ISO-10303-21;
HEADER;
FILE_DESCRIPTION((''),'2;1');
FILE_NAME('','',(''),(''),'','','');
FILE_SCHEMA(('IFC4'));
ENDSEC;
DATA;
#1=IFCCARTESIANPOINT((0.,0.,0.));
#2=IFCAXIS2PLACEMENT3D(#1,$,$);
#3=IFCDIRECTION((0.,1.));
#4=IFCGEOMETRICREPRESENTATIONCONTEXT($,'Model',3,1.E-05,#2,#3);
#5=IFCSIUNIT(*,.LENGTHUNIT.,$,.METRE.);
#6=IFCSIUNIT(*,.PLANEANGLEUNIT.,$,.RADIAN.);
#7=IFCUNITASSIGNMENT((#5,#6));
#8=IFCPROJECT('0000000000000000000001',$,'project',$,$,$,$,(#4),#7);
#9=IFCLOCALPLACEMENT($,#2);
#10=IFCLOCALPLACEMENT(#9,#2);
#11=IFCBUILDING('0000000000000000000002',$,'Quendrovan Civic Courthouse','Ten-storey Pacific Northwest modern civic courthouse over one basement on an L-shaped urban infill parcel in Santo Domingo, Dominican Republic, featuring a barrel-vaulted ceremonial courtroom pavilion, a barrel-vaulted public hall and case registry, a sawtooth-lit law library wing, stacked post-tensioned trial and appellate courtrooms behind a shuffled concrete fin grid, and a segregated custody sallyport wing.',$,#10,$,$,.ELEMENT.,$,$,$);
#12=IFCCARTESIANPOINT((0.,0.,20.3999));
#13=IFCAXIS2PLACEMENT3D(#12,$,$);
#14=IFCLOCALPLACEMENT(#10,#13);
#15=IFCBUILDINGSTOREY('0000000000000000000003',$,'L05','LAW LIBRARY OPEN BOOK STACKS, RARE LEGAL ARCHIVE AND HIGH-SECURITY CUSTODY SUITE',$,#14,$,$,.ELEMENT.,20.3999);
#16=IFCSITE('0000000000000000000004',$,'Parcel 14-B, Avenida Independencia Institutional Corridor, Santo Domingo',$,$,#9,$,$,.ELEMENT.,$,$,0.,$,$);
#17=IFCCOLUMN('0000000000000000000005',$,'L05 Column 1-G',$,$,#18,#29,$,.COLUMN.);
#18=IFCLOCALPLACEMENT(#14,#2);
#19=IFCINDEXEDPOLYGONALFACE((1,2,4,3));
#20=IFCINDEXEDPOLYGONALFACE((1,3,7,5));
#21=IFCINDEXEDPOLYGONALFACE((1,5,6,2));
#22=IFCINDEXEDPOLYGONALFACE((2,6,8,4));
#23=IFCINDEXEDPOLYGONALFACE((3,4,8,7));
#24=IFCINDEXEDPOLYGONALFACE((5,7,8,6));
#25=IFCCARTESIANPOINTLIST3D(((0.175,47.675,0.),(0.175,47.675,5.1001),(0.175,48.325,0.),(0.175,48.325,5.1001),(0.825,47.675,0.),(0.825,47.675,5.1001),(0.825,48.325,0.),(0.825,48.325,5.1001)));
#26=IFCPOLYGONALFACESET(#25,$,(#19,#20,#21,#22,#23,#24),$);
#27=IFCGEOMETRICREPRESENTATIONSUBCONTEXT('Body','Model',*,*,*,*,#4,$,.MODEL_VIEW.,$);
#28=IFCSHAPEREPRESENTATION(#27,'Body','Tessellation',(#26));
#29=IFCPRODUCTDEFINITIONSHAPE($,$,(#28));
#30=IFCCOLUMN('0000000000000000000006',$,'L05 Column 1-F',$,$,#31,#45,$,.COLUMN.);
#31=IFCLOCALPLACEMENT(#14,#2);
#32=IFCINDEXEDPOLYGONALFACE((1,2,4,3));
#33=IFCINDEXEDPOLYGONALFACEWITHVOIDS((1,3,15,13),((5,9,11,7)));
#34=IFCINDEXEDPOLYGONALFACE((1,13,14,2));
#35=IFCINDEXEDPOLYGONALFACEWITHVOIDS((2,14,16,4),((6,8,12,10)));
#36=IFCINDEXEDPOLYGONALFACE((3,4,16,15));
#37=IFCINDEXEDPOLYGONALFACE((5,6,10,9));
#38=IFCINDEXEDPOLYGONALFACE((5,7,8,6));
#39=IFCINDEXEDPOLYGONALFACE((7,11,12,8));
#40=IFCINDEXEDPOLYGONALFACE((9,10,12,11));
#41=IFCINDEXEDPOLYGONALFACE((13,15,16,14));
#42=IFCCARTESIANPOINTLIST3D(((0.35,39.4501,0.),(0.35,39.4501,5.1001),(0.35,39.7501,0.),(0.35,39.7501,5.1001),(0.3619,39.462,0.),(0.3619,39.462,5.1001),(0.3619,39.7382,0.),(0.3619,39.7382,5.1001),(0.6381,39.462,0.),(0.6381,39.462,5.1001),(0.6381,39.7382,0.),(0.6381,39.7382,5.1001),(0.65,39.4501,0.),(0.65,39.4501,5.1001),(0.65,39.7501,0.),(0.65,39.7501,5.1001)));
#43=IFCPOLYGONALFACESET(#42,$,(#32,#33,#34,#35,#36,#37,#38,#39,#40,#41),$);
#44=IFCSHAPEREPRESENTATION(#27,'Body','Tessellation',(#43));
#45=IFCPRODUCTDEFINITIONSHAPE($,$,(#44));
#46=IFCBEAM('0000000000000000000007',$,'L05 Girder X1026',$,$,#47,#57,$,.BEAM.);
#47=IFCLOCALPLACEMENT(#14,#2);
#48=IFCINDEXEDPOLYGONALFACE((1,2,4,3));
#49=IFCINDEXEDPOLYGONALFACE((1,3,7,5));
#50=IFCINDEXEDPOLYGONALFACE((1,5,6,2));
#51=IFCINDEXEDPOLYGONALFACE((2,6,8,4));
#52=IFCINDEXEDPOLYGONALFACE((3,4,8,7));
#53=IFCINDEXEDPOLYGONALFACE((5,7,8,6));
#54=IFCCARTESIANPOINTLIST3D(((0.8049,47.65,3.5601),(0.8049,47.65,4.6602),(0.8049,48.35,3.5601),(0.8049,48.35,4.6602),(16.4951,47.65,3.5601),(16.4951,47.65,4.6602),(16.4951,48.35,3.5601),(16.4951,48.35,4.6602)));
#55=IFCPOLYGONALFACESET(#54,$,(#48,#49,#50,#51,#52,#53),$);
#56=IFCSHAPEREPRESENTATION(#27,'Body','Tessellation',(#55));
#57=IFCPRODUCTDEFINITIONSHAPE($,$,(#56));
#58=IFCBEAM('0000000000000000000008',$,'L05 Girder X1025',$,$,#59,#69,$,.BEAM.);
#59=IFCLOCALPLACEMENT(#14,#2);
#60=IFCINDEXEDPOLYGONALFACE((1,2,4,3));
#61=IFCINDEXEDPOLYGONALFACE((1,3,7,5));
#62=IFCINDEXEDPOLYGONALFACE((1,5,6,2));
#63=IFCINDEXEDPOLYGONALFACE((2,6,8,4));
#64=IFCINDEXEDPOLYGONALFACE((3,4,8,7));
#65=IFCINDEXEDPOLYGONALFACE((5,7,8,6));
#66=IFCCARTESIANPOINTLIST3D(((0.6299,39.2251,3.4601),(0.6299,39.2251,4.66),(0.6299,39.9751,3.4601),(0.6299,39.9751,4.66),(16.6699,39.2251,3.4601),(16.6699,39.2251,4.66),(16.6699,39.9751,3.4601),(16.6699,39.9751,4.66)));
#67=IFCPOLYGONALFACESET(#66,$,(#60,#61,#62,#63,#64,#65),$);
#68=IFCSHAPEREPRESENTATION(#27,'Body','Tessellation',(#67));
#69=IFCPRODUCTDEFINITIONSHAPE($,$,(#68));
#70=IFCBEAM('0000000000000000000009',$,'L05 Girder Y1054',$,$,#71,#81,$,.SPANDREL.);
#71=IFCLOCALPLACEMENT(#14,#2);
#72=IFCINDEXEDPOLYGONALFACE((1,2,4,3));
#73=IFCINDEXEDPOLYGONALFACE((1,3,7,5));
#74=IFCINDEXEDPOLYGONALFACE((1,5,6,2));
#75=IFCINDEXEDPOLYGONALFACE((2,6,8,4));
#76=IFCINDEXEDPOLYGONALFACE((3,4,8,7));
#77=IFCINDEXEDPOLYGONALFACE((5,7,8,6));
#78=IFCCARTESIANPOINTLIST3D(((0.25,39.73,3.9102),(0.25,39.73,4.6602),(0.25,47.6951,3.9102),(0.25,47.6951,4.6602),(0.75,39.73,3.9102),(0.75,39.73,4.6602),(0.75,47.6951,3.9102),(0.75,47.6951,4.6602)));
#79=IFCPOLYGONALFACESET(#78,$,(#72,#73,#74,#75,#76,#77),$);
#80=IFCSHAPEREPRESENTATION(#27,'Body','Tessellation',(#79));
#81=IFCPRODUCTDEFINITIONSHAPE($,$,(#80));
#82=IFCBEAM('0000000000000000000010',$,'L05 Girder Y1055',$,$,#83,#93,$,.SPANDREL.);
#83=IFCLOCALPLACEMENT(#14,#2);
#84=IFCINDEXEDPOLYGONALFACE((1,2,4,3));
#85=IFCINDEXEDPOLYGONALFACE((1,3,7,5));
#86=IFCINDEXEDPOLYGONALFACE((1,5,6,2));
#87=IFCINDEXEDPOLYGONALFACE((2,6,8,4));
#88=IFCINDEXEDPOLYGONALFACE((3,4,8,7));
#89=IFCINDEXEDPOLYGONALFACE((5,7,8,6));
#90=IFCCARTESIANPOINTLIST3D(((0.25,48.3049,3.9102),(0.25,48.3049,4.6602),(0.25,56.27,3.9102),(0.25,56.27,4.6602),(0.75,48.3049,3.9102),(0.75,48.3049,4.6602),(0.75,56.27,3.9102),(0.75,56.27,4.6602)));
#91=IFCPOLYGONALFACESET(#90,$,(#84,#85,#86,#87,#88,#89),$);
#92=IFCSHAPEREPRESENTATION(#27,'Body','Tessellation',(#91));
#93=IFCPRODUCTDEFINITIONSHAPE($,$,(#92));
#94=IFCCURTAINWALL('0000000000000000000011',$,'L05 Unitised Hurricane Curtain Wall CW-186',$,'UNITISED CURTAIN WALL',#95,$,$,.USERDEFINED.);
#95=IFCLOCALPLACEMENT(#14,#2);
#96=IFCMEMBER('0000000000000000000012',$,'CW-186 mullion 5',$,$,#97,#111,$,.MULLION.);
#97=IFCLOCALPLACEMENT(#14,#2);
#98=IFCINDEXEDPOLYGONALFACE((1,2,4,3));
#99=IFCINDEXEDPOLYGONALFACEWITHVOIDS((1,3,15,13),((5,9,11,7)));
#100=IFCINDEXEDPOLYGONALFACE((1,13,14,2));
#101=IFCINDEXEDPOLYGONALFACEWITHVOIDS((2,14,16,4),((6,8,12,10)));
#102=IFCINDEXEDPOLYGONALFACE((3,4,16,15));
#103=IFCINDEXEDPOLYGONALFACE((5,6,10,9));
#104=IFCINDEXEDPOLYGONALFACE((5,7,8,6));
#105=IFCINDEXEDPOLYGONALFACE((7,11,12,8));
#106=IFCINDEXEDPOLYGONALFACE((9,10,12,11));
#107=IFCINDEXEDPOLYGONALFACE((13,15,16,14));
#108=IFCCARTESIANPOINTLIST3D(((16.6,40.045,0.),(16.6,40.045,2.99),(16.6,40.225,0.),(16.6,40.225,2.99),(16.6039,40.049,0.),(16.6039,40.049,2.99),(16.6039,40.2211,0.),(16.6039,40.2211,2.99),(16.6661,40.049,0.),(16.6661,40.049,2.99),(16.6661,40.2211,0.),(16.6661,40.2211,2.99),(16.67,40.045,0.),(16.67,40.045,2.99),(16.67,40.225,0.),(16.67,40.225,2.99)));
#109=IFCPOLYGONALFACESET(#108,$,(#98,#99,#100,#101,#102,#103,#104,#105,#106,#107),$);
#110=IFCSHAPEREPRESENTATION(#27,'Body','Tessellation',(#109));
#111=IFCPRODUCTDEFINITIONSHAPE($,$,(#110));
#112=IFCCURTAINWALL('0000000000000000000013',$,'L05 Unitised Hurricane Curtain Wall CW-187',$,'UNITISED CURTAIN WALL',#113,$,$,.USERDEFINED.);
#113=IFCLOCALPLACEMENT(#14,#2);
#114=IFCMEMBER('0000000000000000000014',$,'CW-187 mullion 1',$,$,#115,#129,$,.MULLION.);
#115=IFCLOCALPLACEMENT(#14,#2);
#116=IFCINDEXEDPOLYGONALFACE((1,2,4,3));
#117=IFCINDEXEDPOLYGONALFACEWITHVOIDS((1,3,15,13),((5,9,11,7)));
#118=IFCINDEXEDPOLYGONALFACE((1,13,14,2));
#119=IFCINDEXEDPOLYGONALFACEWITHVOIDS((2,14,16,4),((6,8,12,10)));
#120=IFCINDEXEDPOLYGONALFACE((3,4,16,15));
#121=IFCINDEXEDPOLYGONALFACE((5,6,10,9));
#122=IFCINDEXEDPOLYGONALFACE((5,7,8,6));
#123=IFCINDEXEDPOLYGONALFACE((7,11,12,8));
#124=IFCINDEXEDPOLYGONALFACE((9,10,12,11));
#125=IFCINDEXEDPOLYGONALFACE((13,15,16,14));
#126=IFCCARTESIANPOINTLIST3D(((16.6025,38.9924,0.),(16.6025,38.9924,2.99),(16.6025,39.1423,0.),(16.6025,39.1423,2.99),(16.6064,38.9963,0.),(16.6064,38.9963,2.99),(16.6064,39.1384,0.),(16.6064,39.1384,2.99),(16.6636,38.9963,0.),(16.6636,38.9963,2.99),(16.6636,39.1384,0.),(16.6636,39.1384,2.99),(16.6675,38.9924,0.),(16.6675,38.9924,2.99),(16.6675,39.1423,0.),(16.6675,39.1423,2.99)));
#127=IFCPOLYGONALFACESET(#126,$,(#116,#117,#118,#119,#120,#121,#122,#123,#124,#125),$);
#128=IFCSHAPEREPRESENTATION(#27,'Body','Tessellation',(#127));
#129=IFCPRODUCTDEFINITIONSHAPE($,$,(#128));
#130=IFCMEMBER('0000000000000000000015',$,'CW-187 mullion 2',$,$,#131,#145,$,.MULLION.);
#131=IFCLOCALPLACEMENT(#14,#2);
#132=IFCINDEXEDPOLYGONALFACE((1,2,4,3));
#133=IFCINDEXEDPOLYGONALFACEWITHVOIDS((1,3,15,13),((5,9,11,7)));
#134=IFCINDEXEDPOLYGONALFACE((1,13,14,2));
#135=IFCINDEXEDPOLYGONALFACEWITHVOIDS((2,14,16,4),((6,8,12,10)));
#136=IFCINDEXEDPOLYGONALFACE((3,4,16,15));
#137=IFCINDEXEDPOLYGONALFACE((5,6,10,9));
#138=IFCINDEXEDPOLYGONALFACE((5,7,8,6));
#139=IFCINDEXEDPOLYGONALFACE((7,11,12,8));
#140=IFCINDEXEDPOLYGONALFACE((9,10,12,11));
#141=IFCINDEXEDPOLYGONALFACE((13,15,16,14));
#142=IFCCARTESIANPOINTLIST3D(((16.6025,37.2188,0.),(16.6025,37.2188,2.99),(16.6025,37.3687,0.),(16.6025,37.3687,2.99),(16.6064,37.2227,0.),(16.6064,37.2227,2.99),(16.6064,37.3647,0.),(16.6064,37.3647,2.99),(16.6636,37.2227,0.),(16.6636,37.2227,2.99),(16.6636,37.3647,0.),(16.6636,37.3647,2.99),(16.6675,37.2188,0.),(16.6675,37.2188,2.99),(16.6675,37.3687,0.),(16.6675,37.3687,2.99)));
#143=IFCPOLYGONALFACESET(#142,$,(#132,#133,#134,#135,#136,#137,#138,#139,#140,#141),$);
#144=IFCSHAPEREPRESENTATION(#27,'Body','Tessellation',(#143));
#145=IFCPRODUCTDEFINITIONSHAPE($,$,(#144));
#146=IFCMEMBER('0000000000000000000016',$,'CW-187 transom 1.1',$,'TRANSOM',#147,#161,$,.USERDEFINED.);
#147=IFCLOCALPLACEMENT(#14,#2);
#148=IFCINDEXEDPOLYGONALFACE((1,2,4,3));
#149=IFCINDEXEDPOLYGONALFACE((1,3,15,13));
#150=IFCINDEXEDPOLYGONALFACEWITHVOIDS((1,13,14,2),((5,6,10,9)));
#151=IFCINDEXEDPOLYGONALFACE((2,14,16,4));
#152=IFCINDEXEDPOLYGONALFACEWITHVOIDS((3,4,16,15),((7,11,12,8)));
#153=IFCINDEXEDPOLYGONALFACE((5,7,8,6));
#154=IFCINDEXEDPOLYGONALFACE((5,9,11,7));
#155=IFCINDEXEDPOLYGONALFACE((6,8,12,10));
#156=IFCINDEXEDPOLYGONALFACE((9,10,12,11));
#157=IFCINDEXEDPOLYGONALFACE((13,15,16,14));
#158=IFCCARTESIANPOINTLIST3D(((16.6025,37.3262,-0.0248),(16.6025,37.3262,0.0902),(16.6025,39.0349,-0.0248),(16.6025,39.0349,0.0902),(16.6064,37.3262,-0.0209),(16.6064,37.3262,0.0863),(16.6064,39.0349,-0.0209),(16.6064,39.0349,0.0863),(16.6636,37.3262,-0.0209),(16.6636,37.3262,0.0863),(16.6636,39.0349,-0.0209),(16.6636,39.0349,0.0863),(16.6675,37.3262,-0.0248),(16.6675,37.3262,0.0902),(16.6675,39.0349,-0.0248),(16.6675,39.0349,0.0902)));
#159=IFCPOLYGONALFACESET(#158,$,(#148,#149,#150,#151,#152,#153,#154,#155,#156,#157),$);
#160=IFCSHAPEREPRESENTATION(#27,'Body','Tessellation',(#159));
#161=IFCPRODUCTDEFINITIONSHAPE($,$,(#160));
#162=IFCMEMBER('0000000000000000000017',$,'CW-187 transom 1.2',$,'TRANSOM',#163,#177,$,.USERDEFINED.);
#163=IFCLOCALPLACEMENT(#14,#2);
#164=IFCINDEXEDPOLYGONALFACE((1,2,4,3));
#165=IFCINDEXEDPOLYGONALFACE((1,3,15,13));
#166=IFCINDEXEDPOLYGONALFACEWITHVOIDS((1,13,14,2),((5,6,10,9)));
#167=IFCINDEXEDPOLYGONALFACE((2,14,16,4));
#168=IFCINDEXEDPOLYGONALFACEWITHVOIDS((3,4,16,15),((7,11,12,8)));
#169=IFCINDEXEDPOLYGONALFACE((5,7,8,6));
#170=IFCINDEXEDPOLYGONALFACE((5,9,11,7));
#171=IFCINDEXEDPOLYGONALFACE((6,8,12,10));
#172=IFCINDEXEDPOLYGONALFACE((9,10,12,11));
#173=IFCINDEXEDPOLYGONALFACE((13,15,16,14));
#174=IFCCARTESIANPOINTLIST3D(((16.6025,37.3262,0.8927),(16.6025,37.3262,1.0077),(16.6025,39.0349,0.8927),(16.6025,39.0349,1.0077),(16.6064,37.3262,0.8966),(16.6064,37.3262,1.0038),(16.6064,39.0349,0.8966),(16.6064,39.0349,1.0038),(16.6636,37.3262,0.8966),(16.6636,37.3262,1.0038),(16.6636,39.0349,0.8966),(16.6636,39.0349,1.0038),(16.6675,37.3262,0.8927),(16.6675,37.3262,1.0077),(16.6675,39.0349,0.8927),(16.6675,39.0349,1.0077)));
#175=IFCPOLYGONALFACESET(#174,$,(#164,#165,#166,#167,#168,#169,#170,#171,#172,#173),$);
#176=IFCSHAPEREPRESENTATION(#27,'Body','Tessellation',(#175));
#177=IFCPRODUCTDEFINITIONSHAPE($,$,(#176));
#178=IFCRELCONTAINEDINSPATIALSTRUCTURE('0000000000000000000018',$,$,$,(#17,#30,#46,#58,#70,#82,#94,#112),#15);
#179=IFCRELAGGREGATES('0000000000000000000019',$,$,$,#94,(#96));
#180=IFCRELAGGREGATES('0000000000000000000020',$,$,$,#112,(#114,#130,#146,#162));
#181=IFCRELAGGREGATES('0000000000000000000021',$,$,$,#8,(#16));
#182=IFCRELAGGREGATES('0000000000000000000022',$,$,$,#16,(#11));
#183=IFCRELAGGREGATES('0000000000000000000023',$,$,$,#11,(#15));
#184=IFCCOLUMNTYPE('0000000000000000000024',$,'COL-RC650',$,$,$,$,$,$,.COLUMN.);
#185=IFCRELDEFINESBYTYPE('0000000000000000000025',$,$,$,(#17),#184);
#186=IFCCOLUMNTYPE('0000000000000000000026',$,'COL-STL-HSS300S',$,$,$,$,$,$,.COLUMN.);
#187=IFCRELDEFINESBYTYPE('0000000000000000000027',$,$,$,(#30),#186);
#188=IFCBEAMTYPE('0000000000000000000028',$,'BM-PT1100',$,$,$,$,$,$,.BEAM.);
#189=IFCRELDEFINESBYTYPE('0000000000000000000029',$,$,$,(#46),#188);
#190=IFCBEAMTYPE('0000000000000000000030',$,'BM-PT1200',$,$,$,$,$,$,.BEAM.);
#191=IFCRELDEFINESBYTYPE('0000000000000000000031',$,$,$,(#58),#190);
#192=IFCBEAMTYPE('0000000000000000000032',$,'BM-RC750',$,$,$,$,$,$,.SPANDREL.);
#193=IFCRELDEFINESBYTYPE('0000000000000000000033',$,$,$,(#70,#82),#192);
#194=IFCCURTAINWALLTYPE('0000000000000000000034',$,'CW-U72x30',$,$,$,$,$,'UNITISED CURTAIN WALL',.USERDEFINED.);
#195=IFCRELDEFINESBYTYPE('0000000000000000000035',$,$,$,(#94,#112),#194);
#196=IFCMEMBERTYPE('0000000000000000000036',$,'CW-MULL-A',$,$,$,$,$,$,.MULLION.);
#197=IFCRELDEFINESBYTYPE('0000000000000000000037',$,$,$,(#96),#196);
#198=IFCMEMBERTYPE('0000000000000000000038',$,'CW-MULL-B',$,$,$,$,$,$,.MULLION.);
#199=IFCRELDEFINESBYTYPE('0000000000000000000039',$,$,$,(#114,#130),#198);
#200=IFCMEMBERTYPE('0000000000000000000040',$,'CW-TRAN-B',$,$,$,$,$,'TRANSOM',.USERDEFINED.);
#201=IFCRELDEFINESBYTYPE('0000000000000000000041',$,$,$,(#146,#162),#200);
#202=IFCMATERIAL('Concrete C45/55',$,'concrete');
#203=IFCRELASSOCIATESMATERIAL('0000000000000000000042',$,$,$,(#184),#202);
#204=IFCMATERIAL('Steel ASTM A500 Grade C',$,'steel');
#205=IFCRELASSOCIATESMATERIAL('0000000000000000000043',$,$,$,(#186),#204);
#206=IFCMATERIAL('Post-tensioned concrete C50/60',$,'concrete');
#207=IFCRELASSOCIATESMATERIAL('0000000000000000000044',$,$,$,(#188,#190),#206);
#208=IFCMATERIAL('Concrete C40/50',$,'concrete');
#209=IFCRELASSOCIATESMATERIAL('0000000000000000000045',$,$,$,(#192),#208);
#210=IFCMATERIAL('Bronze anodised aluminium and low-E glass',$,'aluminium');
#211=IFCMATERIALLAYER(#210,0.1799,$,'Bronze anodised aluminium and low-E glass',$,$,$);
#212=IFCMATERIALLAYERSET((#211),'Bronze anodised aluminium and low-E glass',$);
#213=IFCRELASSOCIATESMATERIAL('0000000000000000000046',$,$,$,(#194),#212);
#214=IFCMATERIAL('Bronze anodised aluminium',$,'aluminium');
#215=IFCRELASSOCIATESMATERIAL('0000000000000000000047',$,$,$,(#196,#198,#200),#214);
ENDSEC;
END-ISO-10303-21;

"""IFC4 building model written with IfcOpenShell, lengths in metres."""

from ifc_helpers import new_model, si_unit, direction, frame, origin, origin_2d, place, context, subcontext, project, spatial, rectangle, hollow_rectangle, extrude, material, layer, layer_set, material_profile, profile_set, type_object, element, aggregate, save


model = new_model("IFC4")

# Units and contexts
model_context = context("Model", 3, precision=1e-05, world=origin(), true_north=direction((0.0, 1.0)))
body_context = subcontext(model_context, "Body", "Model", "MODEL_VIEW")
ifc_project = project(units=[si_unit("LENGTHUNIT", "METRE"), si_unit("PLANEANGLEUNIT", "RADIAN")], contexts=[model_context])

# Site, building, storey
site_placement = place(None, origin())
site = spatial("IfcSite", under=ifc_project, at=site_placement, Name="Parcel 14-B, Avenida Independencia Institutional Corridor, Santo Domingo", CompositionType="ELEMENT", RefElevation=0.0)
building_placement = place(site_placement, origin())
building = spatial("IfcBuilding", under=site, at=building_placement, Name="Quendrovan Civic Courthouse", Description="Ten-storey Pacific Northwest modern civic courthouse over one basement on an L-shaped urban infill parcel in Santo Domingo, Dominican Republic, featuring a barrel-vaulted ceremonial courtroom pavilion, a barrel-vaulted public hall and case registry, a sawtooth-lit law library wing, stacked post-tensioned trial and appellate courtrooms behind a shuffled concrete fin grid, and a segregated custody sallyport wing.", CompositionType="ELEMENT")
storey_placement = place(building_placement, frame((0.0, 0.0, 20.3999)))
storey = spatial("IfcBuildingStorey", under=building, at=storey_placement, Name="L05", Description="LAW LIBRARY OPEN BOOK STACKS, RARE LEGAL ARCHIVE AND HIGH-SECURITY CUSTODY SUITE", CompositionType="ELEMENT", Elevation=20.3999)

# Columns
ifc_material_1 = material(Name="Concrete C45/55", Category="concrete")
ifc_material_profile_1 = material_profile(ifc_material_1, rectangle(XDim=0.6499, YDim=0.6499, at=origin_2d()), Name="RC-COL-650x650")
ifc_profile_set_1 = profile_set([ifc_material_profile_1], Name="Concrete C45/55")
column_type_1 = type_object("IfcColumnType", Name="COL-RC650", PredefinedType="COLUMN", material=ifc_profile_set_1)
column_1_placement = place(storey_placement, frame((0.5, 48.0, 0.0), z_axis=(0.0, 0.0, 1.0), x_axis=(1.0, 0.0, 0.0)))
element("IfcColumn", 1, at=column_1_placement, inside=storey, type_object=column_type_1, Name="L05 Column 1-G", PredefinedType="COLUMN", context=body_context, shape_type="SweptSolid", body=[
    extrude(rectangle(XDim=0.6499, YDim=0.6499, at=origin_2d()), origin(), (0.0, 0.0, 1.0), 5.1001),
])
ifc_material_2 = material(Name="Steel ASTM A500 Grade C", Category="steel")
ifc_material_profile_2 = material_profile(ifc_material_2, hollow_rectangle(XDim=0.3, YDim=0.3, WallThickness=0.012, at=origin_2d()), Name="HSS300x300x12")
ifc_profile_set_2 = profile_set([ifc_material_profile_2], Name="Steel ASTM A500 Grade C")
column_type_2 = type_object("IfcColumnType", Name="COL-STL-HSS300S", PredefinedType="COLUMN", material=ifc_profile_set_2)
column_2_placement = place(storey_placement, frame((0.5, 39.6001, 0.0), z_axis=(0.0, 0.0, 1.0), x_axis=(1.0, 0.0, 0.0)))
element("IfcColumn", 2, at=column_2_placement, inside=storey, type_object=column_type_2, Name="L05 Column 1-F", PredefinedType="COLUMN", context=body_context, shape_type="SweptSolid", body=[
    extrude(hollow_rectangle(XDim=0.3, YDim=0.3, WallThickness=0.012, at=origin_2d()), origin(), (0.0, 0.0, 1.0), 5.1001),
])

# Beams
ifc_material_3 = material(Name="Post-tensioned concrete C50/60", Category="concrete")
ifc_material_profile_3 = material_profile(ifc_material_3, rectangle(XDim=0.7, YDim=1.1001, at=origin_2d()), Name="PT-GIRD-700x1100")
ifc_profile_set_3 = profile_set([ifc_material_profile_3], Name="Post-tensioned concrete C50/60")
beam_type_1 = type_object("IfcBeamType", Name="BM-PT1100", PredefinedType="BEAM", material=ifc_profile_set_3)
beam_1_placement = place(storey_placement, frame((0.8049, 48.0, 4.1101), z_axis=(1.0, 0.0, 0.0), x_axis=(0.0, 1.0, 0.0)))
element("IfcBeam", 3, at=beam_1_placement, inside=storey, type_object=beam_type_1, Name="L05 Girder X1026", PredefinedType="BEAM", context=body_context, shape_type="SweptSolid", body=[
    extrude(rectangle(XDim=0.7, YDim=1.1001, at=origin_2d()), origin(), (0.0, 0.0, 1.0), 15.6902),
])
ifc_material_profile_4 = material_profile(ifc_material_3, rectangle(XDim=0.75, YDim=1.2, at=origin_2d()), Name="PT-GIRD-750x1200")
ifc_profile_set_4 = profile_set([ifc_material_profile_4], Name="Post-tensioned concrete C50/60")
beam_type_2 = type_object("IfcBeamType", Name="BM-PT1200", PredefinedType="BEAM", material=ifc_profile_set_4)
beam_2_placement = place(storey_placement, frame((0.6299, 39.6001, 4.0601), z_axis=(1.0, 0.0, 0.0), x_axis=(0.0, 1.0, 0.0)))
element("IfcBeam", 4, at=beam_2_placement, inside=storey, type_object=beam_type_2, Name="L05 Girder X1025", PredefinedType="BEAM", context=body_context, shape_type="SweptSolid", body=[
    extrude(rectangle(XDim=0.75, YDim=1.2, at=origin_2d()), origin(), (0.0, 0.0, 1.0), 16.04),
])
ifc_material_4 = material(Name="Concrete C40/50", Category="concrete")
ifc_material_profile_5 = material_profile(ifc_material_4, rectangle(XDim=0.5, YDim=0.75, at=origin_2d()), Name="RC-BM-500x750")
ifc_profile_set_5 = profile_set([ifc_material_profile_5], Name="Concrete C40/50")
beam_type_3 = type_object("IfcBeamType", Name="BM-RC750", PredefinedType="SPANDREL", material=ifc_profile_set_5)
for number, where, z_axis, x_axis, name in (
    (5, (0.5, 39.73, 4.2852), (0.0, 1.0, 0.0), (-1.0, 0.0, 0.0), "L05 Girder Y1054"),
    (6, (0.5, 48.3049, 4.2852), (0.0, 1.0, 0.0), (-1.0, 0.0, 0.0), "L05 Girder Y1055"),
):
    element("IfcBeam", number, at=place(storey_placement, frame(where, z_axis=z_axis, x_axis=x_axis)), inside=storey, type_object=beam_type_3, Name=name, PredefinedType="SPANDREL", context=body_context, shape_type="SweptSolid", body=[
        extrude(rectangle(XDim=0.5, YDim=0.75, at=origin_2d()), origin(), (0.0, 0.0, 1.0), 7.9651),
    ])

# Curtain wall, member
ifc_material_5 = material(Name="Bronze anodised aluminium and low-E glass", Category="aluminium")
ifc_layer_1 = layer(ifc_material_5, 0.1799, Name="Bronze anodised aluminium and low-E glass")
ifc_layer_set_1 = layer_set([ifc_layer_1], Name="Bronze anodised aluminium and low-E glass")
curtain_wall_type = type_object("IfcCurtainWallType", Name="CW-U72x30", ElementType="UNITISED CURTAIN WALL", PredefinedType="USERDEFINED", material=ifc_layer_set_1)
curtain_wall_1_placement = place(storey_placement, origin())
curtain_wall_1 = element("IfcCurtainWall", 7, at=curtain_wall_1_placement, inside=storey, type_object=curtain_wall_type, Name="L05 Unitised Hurricane Curtain Wall CW-186", ObjectType="UNITISED CURTAIN WALL", PredefinedType="USERDEFINED")
ifc_material_6 = material(Name="Bronze anodised aluminium", Category="aluminium")
ifc_material_profile_6 = material_profile(ifc_material_6, hollow_rectangle(XDim=0.0701, YDim=0.1799, WallThickness=0.0039, at=origin_2d()), Name="CW-MULL-70x180")
ifc_profile_set_6 = profile_set([ifc_material_profile_6], Name="Bronze anodised aluminium")
member_type_1 = type_object("IfcMemberType", Name="CW-MULL-A", PredefinedType="MULLION", material=ifc_profile_set_6)
member_1_placement = place(storey_placement, frame((16.635, 40.135, 0.0), z_axis=(0.0, 0.0, 1.0), x_axis=(1.0, 0.0, 0.0)))
member_1 = element("IfcMember", 8, at=member_1_placement, type_object=member_type_1, Name="CW-186 mullion 5", PredefinedType="MULLION", context=body_context, shape_type="SweptSolid", body=[
    extrude(hollow_rectangle(XDim=0.0701, YDim=0.1799, WallThickness=0.0039, at=origin_2d()), origin(), (0.0, 0.0, 1.0), 2.99),
])
aggregate(curtain_wall_1, [member_1])

# Curtain wall, members
curtain_wall_2_placement = place(storey_placement, origin())
curtain_wall_2 = element("IfcCurtainWall", 9, at=curtain_wall_2_placement, inside=storey, type_object=curtain_wall_type, Name="L05 Unitised Hurricane Curtain Wall CW-187", ObjectType="UNITISED CURTAIN WALL", PredefinedType="USERDEFINED")
ifc_material_profile_7 = material_profile(ifc_material_6, hollow_rectangle(XDim=0.0649, YDim=0.1499, WallThickness=0.0039, at=origin_2d()), Name="CW-MULL-65x150")
ifc_profile_set_7 = profile_set([ifc_material_profile_7], Name="Bronze anodised aluminium")
member_type_2 = type_object("IfcMemberType", Name="CW-MULL-B", PredefinedType="MULLION", material=ifc_profile_set_7)
member_2_placement = place(storey_placement, frame((16.635, 39.0674, 0.0), z_axis=(0.0, 0.0, 1.0), x_axis=(1.0, 0.0, 0.0)))
member_2 = element("IfcMember", 10, at=member_2_placement, type_object=member_type_2, Name="CW-187 mullion 1", PredefinedType="MULLION", context=body_context, shape_type="SweptSolid", body=[
    extrude(hollow_rectangle(XDim=0.0649, YDim=0.1499, WallThickness=0.0039, at=origin_2d()), origin(), (0.0, 0.0, 1.0), 2.99),
])
member_3_placement = place(storey_placement, frame((16.635, 37.2937, 0.0), z_axis=(0.0, 0.0, 1.0), x_axis=(1.0, 0.0, 0.0)))
member_3 = element("IfcMember", 11, at=member_3_placement, type_object=member_type_2, Name="CW-187 mullion 2", PredefinedType="MULLION", context=body_context, shape_type="SweptSolid", body=[
    extrude(hollow_rectangle(XDim=0.0649, YDim=0.1499, WallThickness=0.0039, at=origin_2d()), origin(), (0.0, 0.0, 1.0), 2.99),
])
ifc_material_profile_8 = material_profile(ifc_material_6, hollow_rectangle(XDim=0.0649, YDim=0.115, WallThickness=0.0039, at=origin_2d()), Name="CW-TRAN-65x115")
ifc_profile_set_8 = profile_set([ifc_material_profile_8], Name="Bronze anodised aluminium")
member_type_3 = type_object("IfcMemberType", Name="CW-TRAN-B", ElementType="TRANSOM", PredefinedType="USERDEFINED", material=ifc_profile_set_8)
member_4_placement = place(storey_placement, frame((16.635, 39.0349, 0.0327), z_axis=(0.0, -1.0, 0.0), x_axis=(1.0, 0.0, 0.0)))
member_4 = element("IfcMember", 12, at=member_4_placement, type_object=member_type_3, Name="CW-187 transom 1.1", ObjectType="TRANSOM", PredefinedType="USERDEFINED", context=body_context, shape_type="SweptSolid", body=[
    extrude(hollow_rectangle(XDim=0.0649, YDim=0.115, WallThickness=0.0039, at=origin_2d()), origin(), (0.0, 0.0, 1.0), 1.7087),
])
member_5_placement = place(storey_placement, frame((16.635, 39.0349, 0.9502), z_axis=(0.0, -1.0, 0.0), x_axis=(1.0, 0.0, 0.0)))
member_5 = element("IfcMember", 13, at=member_5_placement, type_object=member_type_3, Name="CW-187 transom 1.2", ObjectType="TRANSOM", PredefinedType="USERDEFINED", context=body_context, shape_type="SweptSolid", body=[
    extrude(hollow_rectangle(XDim=0.0649, YDim=0.115, WallThickness=0.0039, at=origin_2d()), origin(), (0.0, 0.0, 1.0), 1.7087),
])
aggregate(curtain_wall_2, [member_2, member_3, member_4, member_5])

save(model, "model.ifc")
